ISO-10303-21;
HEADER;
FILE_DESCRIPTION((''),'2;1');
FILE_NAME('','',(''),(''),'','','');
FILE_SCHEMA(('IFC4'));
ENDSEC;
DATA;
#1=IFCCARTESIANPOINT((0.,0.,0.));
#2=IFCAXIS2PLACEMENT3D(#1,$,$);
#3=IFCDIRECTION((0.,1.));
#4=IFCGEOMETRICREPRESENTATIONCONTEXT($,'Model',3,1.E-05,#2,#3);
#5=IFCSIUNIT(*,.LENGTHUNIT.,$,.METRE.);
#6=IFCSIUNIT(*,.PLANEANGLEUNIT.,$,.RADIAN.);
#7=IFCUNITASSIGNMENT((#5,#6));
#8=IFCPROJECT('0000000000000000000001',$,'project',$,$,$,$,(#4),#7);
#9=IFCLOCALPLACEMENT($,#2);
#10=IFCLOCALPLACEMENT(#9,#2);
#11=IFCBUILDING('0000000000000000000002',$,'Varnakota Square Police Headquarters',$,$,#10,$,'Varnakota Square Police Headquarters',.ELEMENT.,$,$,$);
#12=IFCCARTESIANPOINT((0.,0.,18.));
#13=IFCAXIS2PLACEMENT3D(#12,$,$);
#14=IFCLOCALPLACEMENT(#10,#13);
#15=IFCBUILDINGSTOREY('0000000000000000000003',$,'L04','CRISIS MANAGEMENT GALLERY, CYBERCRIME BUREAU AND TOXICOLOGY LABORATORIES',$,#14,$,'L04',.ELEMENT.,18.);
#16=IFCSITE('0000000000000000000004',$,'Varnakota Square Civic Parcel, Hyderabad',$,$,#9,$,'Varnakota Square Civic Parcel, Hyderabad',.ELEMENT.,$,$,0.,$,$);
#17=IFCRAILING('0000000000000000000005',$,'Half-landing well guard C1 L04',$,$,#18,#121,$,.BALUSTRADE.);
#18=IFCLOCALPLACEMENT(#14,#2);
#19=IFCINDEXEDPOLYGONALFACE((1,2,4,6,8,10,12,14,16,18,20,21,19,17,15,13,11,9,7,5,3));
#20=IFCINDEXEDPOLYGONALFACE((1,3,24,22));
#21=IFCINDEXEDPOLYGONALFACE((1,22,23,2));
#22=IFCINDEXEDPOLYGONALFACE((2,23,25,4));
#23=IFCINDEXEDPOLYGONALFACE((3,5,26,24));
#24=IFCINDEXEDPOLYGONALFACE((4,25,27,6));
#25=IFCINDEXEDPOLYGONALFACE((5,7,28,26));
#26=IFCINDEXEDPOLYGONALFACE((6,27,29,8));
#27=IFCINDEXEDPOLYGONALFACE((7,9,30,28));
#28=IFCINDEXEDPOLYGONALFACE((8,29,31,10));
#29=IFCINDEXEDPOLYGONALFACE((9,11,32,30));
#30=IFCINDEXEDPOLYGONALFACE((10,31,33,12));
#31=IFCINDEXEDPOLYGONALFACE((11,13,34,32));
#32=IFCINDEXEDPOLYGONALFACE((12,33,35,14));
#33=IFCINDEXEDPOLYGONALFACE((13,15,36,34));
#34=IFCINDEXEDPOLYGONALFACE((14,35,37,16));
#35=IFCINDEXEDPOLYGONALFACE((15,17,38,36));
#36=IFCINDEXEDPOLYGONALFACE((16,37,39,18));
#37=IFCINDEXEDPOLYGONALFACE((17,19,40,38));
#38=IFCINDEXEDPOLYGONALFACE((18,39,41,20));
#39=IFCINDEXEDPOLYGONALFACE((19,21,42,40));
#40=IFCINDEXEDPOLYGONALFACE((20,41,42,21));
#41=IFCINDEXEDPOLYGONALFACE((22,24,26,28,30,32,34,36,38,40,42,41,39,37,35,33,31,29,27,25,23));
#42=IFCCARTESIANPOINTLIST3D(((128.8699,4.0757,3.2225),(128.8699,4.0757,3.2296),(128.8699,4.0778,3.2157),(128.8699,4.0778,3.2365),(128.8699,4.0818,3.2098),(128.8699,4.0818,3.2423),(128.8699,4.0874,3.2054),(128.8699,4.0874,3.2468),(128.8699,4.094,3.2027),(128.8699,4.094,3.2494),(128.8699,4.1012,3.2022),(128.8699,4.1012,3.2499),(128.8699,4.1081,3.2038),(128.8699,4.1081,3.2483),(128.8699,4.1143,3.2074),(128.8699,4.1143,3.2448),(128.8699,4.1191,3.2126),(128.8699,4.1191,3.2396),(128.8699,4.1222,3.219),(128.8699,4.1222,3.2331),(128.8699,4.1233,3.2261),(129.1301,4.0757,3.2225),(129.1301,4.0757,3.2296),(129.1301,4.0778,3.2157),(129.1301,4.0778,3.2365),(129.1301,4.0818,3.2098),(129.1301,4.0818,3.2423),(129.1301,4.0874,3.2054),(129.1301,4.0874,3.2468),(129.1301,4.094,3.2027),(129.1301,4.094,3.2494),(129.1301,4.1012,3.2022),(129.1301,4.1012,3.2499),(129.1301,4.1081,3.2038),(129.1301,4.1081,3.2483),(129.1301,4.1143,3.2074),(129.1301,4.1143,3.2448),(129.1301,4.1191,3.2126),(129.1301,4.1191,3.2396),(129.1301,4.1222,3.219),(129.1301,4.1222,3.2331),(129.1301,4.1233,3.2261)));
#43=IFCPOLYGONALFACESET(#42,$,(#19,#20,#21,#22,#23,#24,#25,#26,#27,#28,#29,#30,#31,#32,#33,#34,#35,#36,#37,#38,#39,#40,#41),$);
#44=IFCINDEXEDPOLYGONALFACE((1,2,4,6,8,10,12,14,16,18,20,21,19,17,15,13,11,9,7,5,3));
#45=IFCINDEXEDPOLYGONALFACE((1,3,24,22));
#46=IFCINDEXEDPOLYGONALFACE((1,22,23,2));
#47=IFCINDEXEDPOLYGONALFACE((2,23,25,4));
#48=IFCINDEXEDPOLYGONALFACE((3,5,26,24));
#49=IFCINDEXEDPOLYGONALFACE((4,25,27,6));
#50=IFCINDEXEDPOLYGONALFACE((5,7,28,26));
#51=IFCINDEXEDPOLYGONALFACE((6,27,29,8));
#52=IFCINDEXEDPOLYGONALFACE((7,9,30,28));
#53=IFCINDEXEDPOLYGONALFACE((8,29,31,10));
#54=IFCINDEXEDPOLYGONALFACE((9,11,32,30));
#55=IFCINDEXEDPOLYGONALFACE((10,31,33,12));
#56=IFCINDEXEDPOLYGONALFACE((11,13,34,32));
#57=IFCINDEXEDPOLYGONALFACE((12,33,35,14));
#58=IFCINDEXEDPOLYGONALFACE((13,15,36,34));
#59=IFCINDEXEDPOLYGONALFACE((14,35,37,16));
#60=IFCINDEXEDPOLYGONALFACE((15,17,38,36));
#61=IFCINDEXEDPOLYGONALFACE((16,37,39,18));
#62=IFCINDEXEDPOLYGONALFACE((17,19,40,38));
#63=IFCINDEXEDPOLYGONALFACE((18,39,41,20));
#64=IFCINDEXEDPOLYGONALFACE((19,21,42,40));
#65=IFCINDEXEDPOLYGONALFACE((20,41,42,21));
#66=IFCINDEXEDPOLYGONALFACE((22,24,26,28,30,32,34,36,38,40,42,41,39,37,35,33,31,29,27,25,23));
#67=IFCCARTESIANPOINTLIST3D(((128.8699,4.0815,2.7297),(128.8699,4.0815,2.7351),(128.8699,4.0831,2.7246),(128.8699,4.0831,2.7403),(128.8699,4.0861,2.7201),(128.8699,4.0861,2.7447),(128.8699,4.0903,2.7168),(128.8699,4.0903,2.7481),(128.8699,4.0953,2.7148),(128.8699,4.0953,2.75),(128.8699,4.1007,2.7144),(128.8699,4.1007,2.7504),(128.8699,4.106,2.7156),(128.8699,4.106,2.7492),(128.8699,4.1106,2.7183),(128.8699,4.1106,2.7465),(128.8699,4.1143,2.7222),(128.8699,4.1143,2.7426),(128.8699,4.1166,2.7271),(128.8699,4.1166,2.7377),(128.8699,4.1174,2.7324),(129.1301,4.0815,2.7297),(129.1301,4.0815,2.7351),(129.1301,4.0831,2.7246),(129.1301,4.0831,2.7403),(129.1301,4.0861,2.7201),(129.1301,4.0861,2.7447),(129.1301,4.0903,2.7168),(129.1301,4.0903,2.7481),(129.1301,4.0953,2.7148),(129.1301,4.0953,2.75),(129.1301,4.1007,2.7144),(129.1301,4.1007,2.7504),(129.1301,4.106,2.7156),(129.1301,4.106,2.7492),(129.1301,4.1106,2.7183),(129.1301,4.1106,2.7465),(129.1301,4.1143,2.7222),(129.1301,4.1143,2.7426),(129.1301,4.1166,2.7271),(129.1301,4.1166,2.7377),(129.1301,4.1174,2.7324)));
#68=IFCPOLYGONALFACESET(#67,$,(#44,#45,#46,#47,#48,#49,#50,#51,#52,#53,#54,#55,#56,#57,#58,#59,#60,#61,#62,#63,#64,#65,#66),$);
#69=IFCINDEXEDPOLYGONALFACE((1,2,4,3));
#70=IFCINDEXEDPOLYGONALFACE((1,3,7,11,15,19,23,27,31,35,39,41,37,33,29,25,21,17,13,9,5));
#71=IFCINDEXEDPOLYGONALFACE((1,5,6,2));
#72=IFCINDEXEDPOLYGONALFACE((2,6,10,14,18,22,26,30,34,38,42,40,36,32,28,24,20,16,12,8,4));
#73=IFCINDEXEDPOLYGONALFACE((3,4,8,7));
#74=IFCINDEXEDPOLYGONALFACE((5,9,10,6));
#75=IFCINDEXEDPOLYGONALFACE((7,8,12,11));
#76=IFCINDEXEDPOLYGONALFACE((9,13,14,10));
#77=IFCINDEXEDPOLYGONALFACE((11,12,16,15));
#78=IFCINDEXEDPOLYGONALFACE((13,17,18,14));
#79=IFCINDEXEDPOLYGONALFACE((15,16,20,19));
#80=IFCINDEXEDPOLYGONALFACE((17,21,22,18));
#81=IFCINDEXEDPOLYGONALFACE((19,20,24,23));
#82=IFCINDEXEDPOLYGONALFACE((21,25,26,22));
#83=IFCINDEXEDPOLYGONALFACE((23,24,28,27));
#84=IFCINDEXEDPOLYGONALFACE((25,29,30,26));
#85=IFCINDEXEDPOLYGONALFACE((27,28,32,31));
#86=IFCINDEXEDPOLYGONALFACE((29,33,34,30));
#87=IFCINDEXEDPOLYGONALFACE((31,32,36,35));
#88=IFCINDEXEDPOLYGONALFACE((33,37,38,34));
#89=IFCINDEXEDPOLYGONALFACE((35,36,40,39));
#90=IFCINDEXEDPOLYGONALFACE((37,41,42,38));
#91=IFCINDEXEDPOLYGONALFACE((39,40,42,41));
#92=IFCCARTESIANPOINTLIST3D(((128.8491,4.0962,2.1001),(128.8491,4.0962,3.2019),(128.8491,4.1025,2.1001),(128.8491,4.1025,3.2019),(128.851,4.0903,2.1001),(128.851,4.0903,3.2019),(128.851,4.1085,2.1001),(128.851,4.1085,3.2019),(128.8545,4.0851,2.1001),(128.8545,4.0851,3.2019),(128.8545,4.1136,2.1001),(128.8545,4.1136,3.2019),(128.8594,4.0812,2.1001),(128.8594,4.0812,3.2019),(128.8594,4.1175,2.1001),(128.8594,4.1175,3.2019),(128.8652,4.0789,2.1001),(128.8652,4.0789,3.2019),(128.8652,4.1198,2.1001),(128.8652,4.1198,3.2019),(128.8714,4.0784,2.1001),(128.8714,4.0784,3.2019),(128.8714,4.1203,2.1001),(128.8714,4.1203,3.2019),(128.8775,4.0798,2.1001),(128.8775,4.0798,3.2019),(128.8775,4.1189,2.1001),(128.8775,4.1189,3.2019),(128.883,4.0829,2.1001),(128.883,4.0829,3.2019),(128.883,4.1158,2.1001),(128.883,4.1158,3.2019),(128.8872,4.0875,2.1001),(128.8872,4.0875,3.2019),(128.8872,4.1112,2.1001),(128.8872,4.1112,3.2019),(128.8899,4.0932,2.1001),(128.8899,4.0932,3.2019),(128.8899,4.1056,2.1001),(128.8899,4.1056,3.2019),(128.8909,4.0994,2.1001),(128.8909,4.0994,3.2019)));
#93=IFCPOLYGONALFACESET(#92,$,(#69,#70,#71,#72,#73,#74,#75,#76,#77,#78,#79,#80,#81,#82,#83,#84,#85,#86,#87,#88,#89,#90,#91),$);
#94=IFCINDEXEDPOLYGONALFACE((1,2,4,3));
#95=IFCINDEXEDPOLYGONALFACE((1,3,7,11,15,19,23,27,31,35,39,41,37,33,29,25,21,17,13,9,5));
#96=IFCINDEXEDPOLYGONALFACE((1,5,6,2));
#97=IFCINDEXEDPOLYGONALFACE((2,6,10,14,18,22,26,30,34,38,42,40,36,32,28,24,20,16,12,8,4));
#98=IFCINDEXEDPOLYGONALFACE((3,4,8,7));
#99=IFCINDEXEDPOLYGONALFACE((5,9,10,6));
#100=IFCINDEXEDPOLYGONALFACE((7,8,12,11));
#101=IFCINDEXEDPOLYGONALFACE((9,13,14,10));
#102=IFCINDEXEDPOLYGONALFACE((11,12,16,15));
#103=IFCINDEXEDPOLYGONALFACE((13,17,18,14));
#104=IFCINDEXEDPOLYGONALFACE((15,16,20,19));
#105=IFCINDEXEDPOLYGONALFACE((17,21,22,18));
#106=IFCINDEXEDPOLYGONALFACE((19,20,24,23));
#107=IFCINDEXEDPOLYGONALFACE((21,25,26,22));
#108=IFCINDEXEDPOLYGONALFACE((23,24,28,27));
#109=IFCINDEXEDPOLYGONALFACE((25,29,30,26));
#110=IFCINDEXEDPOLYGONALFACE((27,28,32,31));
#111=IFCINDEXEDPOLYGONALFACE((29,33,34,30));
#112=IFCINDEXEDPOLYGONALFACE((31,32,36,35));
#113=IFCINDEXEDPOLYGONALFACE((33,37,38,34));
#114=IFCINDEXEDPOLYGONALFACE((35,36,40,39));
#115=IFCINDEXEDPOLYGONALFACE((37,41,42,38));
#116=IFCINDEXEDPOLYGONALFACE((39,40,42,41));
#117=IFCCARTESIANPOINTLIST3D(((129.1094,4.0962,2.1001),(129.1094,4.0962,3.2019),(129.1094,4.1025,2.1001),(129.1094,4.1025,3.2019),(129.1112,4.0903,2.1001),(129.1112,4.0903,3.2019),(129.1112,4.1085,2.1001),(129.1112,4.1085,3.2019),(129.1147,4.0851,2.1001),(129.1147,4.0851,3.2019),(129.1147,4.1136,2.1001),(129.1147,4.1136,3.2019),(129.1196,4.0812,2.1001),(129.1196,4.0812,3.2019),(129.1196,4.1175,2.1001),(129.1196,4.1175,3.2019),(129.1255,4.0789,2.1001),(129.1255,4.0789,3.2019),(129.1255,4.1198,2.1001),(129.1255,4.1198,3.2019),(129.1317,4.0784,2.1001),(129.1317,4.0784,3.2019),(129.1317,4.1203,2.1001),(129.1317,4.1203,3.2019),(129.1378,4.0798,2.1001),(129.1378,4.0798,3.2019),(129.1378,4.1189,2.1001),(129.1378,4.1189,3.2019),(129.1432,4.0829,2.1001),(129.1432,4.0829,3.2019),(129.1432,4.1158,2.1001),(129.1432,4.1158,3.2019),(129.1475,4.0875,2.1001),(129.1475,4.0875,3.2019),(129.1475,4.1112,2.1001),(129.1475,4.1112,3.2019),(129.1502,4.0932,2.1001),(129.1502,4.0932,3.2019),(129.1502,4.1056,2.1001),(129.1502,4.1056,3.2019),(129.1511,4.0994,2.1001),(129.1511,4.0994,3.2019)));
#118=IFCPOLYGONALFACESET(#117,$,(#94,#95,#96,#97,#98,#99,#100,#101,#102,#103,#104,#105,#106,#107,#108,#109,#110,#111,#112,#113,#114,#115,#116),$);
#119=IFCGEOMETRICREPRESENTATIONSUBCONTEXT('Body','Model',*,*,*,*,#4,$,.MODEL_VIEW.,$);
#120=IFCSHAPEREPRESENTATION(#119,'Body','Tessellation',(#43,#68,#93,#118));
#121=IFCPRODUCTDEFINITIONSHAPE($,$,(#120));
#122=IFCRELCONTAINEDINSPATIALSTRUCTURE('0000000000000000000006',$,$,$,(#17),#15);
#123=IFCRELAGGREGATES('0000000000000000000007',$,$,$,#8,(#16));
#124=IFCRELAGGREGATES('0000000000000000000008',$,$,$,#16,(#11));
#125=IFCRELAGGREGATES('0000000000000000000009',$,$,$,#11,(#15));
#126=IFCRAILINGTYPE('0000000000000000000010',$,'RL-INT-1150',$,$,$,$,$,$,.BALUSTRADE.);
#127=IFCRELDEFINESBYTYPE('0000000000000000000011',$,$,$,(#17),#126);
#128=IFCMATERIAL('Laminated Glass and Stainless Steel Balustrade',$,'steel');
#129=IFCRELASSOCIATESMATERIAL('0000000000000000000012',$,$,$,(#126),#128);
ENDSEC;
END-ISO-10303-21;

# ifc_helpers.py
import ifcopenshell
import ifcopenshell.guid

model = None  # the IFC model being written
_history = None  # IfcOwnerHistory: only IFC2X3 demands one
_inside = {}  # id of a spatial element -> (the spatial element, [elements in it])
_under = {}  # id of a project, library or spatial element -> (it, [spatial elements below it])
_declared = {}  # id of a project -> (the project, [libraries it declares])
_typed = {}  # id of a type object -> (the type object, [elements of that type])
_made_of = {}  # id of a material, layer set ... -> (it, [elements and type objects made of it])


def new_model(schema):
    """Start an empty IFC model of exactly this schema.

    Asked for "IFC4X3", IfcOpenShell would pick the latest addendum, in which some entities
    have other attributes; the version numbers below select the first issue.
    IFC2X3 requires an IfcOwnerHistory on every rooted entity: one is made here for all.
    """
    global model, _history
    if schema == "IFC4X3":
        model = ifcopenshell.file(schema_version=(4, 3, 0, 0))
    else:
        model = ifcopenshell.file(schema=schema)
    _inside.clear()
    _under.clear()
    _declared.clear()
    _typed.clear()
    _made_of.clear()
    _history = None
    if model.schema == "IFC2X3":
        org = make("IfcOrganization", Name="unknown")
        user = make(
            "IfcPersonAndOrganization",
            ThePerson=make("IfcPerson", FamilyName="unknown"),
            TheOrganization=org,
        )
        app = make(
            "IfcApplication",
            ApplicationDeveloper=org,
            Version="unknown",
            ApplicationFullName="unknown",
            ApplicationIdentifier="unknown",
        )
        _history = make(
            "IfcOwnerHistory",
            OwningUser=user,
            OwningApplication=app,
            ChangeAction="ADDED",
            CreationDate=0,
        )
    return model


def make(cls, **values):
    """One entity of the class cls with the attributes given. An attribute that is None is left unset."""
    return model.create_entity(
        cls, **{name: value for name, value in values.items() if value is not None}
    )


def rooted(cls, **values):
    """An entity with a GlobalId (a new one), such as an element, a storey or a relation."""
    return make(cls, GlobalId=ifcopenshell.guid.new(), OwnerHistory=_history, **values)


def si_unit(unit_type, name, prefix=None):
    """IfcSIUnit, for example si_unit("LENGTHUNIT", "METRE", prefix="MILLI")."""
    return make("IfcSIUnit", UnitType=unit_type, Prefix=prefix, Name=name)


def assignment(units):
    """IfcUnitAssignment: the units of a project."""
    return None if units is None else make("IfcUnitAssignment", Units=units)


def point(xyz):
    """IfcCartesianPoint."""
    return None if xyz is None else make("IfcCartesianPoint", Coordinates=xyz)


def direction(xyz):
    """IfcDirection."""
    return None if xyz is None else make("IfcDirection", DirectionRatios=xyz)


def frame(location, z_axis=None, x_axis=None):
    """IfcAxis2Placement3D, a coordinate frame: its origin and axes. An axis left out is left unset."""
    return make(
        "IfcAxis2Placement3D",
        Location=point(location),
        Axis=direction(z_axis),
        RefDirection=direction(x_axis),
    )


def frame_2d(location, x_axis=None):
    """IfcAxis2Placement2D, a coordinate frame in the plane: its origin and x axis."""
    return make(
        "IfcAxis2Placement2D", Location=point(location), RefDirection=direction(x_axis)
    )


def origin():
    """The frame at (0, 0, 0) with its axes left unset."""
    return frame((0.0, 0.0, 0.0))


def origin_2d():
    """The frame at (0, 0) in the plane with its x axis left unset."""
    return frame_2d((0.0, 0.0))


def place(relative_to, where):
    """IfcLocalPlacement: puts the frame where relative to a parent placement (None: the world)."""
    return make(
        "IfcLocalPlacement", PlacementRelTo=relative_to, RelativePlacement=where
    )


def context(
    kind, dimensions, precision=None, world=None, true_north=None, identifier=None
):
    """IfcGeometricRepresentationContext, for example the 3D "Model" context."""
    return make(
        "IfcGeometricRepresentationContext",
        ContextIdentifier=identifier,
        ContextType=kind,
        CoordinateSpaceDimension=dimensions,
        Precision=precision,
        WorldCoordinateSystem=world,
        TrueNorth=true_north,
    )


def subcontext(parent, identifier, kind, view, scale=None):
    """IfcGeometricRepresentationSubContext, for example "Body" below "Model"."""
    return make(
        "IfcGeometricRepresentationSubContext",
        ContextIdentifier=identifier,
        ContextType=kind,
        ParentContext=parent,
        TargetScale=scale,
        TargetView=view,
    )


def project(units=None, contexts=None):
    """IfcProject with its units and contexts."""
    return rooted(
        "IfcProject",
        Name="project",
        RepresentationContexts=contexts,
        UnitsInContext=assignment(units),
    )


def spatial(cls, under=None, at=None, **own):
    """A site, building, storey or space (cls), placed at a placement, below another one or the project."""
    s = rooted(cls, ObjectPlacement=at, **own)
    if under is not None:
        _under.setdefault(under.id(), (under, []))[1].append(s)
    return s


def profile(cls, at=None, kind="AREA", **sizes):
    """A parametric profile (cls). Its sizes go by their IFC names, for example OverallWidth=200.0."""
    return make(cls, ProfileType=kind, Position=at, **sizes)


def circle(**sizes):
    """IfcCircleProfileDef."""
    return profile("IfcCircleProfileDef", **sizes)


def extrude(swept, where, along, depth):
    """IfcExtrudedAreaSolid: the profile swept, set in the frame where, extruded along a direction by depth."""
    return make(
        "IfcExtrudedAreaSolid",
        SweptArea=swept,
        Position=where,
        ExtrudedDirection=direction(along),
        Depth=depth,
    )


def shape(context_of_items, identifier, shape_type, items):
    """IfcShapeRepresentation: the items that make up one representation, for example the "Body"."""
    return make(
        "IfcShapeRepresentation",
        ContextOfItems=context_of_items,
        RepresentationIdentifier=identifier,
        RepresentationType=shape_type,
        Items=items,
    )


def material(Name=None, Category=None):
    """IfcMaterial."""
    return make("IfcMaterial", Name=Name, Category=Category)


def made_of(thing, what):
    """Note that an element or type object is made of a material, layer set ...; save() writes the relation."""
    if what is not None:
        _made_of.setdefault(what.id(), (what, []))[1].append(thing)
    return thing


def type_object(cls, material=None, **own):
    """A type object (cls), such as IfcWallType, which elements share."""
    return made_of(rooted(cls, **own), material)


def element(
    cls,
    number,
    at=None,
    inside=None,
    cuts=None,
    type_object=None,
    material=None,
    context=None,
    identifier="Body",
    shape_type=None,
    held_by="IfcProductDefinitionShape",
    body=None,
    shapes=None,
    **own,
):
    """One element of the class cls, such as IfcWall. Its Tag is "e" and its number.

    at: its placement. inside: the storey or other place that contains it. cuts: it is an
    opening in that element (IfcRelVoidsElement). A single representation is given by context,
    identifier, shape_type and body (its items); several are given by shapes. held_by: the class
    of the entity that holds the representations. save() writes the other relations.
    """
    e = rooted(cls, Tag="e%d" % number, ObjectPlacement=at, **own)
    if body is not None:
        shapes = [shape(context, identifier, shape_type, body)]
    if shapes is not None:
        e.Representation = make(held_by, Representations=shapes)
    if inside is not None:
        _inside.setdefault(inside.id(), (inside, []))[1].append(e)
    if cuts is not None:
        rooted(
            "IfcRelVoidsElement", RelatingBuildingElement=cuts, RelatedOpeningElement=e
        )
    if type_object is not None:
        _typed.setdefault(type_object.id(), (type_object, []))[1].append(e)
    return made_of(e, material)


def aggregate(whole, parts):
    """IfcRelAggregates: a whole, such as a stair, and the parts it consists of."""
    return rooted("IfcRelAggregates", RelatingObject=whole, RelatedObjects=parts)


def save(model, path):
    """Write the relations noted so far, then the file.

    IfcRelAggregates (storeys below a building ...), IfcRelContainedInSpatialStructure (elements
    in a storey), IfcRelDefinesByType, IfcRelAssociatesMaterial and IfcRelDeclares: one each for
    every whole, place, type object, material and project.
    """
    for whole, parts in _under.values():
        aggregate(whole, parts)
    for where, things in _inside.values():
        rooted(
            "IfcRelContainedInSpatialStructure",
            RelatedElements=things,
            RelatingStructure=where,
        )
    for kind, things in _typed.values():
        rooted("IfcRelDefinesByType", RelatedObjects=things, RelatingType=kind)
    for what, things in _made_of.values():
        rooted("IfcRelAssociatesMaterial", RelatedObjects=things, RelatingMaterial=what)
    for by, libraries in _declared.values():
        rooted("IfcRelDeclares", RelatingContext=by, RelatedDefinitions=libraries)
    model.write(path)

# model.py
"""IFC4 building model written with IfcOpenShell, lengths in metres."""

from ifc_helpers import new_model, si_unit, direction, frame, origin, origin_2d, place, context, subcontext, project, spatial, circle, extrude, material, type_object, element, save


model = new_model("IFC4")

# Units and contexts
model_context = context("Model", 3, precision=1e-05, world=origin(), true_north=direction((0.0, 1.0)))
body_context = subcontext(model_context, "Body", "Model", "MODEL_VIEW")
ifc_project = project(units=[si_unit("LENGTHUNIT", "METRE"), si_unit("PLANEANGLEUNIT", "RADIAN")], contexts=[model_context])

# Site, building, storey
site_placement = place(None, origin())
site = spatial("IfcSite", under=ifc_project, at=site_placement, Name="Varnakota Square Civic Parcel, Hyderabad", LongName="Varnakota Square Civic Parcel, Hyderabad", CompositionType="ELEMENT", RefElevation=0.0)
building_placement = place(site_placement, origin())
building = spatial("IfcBuilding", under=site, at=building_placement, Name="Varnakota Square Police Headquarters", LongName="Varnakota Square Police Headquarters", CompositionType="ELEMENT")
storey_placement = place(building_placement, frame((0.0, 0.0, 18.0)))
storey = spatial("IfcBuildingStorey", under=building, at=storey_placement, Name="L04", Description="CRISIS MANAGEMENT GALLERY, CYBERCRIME BUREAU AND TOXICOLOGY LABORATORIES", LongName="L04", CompositionType="ELEMENT", Elevation=18.0)

# Railing
ifc_material_1 = material(Name="Laminated Glass and Stainless Steel Balustrade", Category="steel")
railing_type_1 = type_object("IfcRailingType", Name="RL-INT-1150", PredefinedType="BALUSTRADE", material=ifc_material_1)
railing_1_placement = place(storey_placement, frame((128.8699, 4.0994, 2.1001)))
element("IfcRailing", 1, at=railing_1_placement, inside=storey, type_object=railing_type_1, Name="Half-landing well guard C1 L04", PredefinedType="BALUSTRADE", context=body_context, shape_type="SweptSolid", body=[
    extrude(circle(Radius=0.0239, at=origin_2d()), frame((0.0, 0.0, 1.126), z_axis=(1.0, 0.0, 0.0), x_axis=(0.0, 1.0, 0.0)), (0.0, 0.0, 1.0), 0.2603),
    extrude(circle(Radius=0.0181, at=origin_2d()), frame((0.0, 0.0, 0.6323), z_axis=(1.0, 0.0, 0.0), x_axis=(0.0, 1.0, 0.0)), (0.0, 0.0, 1.0), 0.2603),
    extrude(circle(Radius=0.021, at=origin_2d()), origin(), (0.0, 0.0, 1.0), 1.1018),
    extrude(circle(Radius=0.021, at=origin_2d()), frame((0.2603, 0.0, 0.0)), (0.0, 0.0, 1.0), 1.1018),
])

save(model, "model.ifc")
